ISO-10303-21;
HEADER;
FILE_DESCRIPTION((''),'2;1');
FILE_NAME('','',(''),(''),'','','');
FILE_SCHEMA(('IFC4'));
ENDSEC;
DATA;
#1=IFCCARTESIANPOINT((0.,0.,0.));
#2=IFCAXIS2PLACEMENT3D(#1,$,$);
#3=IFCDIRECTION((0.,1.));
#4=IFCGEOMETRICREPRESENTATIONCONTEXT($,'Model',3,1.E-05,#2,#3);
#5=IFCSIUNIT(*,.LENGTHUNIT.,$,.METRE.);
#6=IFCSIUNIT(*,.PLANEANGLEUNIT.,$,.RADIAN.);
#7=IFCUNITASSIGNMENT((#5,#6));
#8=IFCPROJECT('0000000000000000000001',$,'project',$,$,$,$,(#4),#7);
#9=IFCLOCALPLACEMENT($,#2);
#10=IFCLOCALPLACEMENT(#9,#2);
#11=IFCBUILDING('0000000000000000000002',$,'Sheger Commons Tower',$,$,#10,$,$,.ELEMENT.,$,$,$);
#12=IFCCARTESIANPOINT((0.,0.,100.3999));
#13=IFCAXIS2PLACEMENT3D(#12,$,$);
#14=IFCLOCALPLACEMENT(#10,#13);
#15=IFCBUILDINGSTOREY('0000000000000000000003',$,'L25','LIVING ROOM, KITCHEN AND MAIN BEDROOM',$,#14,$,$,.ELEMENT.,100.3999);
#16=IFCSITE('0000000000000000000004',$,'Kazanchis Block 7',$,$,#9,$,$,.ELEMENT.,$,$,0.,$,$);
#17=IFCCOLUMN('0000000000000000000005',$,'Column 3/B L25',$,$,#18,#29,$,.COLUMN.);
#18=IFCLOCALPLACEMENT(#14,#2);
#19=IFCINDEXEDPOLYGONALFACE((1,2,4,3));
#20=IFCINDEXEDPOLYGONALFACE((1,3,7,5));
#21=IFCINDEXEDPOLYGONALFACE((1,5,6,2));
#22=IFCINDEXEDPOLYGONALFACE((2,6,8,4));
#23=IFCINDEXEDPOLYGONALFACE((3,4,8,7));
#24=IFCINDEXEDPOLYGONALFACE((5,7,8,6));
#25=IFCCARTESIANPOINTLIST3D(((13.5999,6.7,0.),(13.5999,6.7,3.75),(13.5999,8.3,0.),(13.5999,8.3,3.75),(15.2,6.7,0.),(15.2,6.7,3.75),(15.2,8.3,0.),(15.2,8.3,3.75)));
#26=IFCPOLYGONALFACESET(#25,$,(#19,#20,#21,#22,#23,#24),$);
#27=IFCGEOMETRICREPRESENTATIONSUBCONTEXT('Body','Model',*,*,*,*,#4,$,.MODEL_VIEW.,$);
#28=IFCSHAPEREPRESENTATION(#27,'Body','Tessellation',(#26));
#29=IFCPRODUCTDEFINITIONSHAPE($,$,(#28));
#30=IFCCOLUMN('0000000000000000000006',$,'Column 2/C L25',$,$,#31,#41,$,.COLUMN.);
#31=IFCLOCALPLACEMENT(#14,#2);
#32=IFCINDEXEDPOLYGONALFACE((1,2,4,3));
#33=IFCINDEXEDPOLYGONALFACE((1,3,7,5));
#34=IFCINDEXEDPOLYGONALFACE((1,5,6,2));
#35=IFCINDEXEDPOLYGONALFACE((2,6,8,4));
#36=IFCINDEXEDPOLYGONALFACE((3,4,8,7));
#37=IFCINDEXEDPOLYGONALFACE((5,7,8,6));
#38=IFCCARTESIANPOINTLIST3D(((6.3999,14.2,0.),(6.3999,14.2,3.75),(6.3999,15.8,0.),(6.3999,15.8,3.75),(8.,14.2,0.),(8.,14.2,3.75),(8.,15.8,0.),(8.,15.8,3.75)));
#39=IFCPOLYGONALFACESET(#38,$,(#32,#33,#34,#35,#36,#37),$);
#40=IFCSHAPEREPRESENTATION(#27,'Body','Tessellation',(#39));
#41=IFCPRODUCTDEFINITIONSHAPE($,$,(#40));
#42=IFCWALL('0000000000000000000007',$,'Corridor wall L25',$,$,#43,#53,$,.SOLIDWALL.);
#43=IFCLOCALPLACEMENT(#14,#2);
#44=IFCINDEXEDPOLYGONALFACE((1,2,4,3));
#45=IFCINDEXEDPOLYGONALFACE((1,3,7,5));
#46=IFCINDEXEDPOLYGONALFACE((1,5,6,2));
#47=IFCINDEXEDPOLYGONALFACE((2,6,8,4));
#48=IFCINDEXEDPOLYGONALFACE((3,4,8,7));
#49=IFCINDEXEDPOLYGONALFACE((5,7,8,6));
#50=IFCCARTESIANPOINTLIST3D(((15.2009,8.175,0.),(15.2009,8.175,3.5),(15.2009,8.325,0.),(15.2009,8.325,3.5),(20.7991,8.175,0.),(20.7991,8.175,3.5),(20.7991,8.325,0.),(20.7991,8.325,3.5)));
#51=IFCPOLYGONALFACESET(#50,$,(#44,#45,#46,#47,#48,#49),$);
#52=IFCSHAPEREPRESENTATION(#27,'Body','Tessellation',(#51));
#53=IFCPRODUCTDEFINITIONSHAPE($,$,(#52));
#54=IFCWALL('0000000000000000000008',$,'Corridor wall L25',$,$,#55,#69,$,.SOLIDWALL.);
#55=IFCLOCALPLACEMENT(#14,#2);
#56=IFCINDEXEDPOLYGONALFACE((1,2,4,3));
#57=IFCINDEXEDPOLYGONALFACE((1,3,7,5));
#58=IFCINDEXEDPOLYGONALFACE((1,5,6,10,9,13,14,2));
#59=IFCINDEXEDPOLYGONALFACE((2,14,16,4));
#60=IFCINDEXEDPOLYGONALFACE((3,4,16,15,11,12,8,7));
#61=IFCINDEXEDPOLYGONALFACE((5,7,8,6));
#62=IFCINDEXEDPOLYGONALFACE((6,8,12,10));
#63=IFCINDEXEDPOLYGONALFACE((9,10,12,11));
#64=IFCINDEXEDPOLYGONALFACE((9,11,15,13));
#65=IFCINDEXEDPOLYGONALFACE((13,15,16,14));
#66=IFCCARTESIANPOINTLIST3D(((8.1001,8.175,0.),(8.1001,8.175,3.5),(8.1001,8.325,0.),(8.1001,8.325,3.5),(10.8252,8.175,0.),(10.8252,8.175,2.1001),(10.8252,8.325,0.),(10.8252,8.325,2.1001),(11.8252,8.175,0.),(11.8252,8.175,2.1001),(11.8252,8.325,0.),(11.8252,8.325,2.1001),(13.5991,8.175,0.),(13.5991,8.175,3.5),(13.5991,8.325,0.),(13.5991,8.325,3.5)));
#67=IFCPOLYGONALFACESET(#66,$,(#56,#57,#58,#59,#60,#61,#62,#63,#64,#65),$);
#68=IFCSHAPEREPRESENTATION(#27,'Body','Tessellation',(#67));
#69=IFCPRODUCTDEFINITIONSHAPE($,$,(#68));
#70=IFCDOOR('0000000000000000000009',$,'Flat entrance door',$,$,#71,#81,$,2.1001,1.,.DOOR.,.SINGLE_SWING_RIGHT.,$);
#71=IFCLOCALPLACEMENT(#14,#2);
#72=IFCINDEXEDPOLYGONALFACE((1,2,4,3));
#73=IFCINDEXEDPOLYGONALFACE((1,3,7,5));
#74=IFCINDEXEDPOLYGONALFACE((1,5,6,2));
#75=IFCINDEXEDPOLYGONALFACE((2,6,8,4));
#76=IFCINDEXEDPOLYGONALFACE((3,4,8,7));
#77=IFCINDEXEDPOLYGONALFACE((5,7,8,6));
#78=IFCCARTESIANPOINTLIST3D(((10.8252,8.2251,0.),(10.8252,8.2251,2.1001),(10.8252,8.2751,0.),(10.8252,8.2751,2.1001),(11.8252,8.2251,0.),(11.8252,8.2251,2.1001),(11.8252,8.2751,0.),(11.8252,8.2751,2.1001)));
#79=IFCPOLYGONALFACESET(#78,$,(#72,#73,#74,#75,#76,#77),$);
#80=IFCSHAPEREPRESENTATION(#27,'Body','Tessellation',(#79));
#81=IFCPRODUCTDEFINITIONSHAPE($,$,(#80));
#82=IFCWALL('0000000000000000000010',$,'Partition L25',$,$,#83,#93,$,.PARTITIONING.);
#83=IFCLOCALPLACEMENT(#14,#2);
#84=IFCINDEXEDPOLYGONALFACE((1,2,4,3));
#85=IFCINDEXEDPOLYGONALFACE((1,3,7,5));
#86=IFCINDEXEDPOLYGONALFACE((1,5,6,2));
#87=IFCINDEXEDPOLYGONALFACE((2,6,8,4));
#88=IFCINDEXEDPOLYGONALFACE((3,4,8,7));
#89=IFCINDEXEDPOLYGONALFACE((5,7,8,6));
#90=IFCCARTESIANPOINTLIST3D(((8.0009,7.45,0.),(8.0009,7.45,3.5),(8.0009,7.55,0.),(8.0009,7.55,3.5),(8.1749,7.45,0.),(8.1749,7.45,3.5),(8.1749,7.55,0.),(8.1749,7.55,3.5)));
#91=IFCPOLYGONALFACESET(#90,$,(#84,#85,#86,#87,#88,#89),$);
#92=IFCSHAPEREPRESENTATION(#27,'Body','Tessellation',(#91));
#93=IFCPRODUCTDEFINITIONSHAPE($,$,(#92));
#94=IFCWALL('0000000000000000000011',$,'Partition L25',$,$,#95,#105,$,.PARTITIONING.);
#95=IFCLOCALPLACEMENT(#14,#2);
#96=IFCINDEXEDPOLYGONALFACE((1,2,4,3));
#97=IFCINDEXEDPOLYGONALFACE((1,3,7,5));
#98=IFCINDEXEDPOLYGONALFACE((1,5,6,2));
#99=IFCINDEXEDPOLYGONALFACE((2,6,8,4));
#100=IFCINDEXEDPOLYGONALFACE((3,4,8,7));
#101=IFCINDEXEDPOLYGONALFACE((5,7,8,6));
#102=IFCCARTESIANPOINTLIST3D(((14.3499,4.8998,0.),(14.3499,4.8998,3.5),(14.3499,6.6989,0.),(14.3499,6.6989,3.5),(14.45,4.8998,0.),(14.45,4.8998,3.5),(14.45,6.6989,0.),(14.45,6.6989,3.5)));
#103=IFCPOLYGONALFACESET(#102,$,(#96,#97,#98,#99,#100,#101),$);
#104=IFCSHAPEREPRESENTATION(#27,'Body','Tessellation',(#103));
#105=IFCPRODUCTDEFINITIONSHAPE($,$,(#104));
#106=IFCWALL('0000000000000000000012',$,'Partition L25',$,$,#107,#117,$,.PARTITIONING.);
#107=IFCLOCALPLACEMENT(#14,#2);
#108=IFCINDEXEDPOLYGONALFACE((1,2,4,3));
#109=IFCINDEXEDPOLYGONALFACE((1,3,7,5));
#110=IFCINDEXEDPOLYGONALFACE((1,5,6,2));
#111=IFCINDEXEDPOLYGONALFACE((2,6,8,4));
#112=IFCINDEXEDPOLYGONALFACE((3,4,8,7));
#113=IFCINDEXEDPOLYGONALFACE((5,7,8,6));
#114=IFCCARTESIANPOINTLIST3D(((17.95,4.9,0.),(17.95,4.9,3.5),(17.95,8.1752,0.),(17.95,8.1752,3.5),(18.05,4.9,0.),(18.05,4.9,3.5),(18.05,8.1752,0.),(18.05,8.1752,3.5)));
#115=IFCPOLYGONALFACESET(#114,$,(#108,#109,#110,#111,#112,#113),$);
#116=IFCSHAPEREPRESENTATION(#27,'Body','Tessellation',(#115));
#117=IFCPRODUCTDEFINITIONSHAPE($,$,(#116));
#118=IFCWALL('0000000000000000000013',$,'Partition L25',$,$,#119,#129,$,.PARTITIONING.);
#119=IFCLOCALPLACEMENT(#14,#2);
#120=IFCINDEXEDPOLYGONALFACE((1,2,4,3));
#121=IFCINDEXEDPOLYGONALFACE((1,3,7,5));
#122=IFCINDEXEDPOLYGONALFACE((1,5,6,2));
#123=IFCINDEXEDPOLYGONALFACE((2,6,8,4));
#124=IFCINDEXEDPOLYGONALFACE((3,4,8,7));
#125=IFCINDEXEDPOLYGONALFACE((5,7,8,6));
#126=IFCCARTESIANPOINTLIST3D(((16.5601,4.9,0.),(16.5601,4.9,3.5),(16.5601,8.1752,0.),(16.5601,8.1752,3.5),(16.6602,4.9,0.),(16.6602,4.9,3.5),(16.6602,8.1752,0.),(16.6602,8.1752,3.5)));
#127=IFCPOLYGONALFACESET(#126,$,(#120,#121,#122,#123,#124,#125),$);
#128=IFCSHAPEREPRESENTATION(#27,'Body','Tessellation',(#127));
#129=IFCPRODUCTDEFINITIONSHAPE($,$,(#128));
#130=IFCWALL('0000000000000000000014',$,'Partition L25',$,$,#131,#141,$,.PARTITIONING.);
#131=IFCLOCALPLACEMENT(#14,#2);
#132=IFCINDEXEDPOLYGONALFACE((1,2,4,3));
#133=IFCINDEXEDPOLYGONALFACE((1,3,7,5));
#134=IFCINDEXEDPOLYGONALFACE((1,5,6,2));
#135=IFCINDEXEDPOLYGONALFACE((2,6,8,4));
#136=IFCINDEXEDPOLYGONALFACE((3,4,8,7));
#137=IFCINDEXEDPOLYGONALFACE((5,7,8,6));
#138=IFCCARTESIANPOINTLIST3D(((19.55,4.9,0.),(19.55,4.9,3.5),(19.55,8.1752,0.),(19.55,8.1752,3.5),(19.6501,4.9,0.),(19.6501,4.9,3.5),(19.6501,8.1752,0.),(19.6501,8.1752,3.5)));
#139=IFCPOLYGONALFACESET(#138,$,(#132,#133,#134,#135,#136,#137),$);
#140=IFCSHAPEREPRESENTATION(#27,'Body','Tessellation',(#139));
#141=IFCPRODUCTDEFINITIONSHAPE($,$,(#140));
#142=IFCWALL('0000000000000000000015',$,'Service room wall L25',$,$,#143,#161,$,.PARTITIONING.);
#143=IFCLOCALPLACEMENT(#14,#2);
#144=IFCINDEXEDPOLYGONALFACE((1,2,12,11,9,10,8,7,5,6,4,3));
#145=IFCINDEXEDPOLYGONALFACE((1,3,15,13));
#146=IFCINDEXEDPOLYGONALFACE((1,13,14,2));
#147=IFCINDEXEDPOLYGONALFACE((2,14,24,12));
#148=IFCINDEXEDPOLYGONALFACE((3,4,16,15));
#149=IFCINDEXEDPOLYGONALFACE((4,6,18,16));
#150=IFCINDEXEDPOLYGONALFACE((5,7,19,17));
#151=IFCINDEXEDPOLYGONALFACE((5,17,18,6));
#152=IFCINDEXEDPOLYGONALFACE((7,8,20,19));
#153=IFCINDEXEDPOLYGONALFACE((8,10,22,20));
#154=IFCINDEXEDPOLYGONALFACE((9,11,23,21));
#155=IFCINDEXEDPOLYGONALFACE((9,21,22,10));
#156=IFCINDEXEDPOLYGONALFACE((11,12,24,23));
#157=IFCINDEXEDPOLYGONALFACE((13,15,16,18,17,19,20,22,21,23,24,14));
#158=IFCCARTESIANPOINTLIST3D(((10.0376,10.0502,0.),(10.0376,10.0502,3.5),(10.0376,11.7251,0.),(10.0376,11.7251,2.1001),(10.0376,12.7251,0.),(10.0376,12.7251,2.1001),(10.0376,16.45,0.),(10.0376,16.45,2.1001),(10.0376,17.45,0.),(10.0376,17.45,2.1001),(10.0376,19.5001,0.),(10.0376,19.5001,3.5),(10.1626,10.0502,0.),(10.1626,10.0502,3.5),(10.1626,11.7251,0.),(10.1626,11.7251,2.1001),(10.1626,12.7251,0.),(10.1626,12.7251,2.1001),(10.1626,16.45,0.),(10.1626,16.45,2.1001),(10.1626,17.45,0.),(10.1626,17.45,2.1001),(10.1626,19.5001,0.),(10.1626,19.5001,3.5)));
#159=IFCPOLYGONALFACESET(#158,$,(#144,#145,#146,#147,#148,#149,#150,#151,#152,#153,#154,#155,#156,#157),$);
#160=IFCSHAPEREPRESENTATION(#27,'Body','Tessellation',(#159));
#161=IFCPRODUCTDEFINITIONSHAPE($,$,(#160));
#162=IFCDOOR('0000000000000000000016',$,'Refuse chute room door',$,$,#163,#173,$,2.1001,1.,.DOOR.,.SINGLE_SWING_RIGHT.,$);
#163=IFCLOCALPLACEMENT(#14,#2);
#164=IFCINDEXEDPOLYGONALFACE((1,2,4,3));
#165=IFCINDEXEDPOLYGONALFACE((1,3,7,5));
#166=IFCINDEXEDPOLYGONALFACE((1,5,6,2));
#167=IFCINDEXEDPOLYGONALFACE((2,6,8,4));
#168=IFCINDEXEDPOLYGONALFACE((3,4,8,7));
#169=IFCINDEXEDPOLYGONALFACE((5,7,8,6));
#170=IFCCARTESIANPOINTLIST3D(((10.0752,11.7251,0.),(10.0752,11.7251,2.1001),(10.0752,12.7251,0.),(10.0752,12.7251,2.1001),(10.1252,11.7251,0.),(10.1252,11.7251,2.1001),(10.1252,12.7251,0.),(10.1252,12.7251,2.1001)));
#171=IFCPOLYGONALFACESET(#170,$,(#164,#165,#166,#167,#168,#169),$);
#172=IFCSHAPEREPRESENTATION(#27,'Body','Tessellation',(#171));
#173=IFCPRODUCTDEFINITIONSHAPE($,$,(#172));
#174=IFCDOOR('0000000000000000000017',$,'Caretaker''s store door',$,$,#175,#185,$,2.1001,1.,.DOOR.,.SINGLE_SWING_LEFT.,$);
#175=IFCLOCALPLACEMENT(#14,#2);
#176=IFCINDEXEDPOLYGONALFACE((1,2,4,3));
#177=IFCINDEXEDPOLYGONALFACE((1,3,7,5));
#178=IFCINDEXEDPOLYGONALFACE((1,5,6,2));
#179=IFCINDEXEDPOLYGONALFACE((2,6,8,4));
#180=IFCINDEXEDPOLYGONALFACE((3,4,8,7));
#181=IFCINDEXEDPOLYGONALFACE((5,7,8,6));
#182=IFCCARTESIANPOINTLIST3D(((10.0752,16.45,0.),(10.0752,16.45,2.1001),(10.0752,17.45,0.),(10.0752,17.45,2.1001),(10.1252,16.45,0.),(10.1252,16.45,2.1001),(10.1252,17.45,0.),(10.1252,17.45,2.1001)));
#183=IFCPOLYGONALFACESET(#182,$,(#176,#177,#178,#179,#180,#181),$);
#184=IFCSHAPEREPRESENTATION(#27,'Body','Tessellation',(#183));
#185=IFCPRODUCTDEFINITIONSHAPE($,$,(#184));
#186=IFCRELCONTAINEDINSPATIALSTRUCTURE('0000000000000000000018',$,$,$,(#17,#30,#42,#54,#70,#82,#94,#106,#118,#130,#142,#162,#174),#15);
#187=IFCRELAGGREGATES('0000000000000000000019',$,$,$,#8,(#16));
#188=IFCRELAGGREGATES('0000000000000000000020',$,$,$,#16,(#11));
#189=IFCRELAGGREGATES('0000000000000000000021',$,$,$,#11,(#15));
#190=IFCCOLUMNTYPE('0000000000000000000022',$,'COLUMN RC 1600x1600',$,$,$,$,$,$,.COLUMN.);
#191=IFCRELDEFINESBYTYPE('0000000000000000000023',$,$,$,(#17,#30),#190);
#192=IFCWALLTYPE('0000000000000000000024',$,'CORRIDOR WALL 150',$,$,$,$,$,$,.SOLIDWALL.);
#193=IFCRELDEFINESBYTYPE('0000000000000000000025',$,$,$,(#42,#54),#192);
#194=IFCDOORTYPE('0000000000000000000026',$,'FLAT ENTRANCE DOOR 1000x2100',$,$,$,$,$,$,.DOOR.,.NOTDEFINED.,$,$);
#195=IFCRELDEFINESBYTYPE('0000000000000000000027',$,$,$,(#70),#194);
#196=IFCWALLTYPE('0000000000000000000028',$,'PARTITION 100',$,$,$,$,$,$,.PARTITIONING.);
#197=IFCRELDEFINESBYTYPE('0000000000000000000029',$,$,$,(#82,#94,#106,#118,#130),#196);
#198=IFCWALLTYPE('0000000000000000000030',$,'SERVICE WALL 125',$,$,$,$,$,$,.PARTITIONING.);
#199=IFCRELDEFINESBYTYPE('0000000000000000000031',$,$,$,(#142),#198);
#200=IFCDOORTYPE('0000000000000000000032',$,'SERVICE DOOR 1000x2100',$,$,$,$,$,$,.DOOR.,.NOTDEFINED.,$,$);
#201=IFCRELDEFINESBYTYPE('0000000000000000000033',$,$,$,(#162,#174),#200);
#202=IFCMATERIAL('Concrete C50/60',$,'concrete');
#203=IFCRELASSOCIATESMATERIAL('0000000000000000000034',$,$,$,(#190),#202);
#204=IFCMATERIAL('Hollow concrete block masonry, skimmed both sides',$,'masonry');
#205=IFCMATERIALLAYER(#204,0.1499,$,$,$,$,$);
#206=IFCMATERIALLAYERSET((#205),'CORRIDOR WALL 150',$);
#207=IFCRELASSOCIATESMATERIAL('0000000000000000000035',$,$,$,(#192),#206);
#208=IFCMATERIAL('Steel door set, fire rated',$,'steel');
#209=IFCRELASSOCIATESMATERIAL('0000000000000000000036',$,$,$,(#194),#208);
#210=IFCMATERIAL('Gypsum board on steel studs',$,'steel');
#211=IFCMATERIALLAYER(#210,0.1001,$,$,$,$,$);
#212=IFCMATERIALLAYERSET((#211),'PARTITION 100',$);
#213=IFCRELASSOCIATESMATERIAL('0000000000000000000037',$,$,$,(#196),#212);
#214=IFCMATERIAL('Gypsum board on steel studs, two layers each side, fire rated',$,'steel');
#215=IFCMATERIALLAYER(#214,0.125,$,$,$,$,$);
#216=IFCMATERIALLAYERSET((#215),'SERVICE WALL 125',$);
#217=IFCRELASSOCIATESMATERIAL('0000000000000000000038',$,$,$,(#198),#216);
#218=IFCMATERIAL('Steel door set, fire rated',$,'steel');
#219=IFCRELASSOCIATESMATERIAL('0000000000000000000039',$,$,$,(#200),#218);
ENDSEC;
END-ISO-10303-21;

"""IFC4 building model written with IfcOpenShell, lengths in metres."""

from ifc_helpers import new_model, si_unit, direction, frame, frame_2d, origin, origin_2d, place, context, subcontext, project, spatial, rectangle, extrude, material, layer, layer_set, material_profile, profile_set, type_object, element, fill, save


model = new_model("IFC4")

# Units and contexts
model_context = context("Model", 3, precision=1e-05, world=origin(), true_north=direction((0.0, 1.0)))
body_context = subcontext(model_context, "Body", "Model", "MODEL_VIEW")
ifc_project = project(units=[si_unit("LENGTHUNIT", "METRE"), si_unit("PLANEANGLEUNIT", "RADIAN")], contexts=[model_context])

# Site, building, storey
site_placement = place(None, origin())
site = spatial("IfcSite", under=ifc_project, at=site_placement, Name="Kazanchis Block 7", CompositionType="ELEMENT", RefElevation=0.0)
building_placement = place(site_placement, origin())
building = spatial("IfcBuilding", under=site, at=building_placement, Name="Sheger Commons Tower", CompositionType="ELEMENT")
storey_placement = place(building_placement, frame((0.0, 0.0, 100.3999)))
storey = spatial("IfcBuildingStorey", under=building, at=storey_placement, Name="L25", Description="LIVING ROOM, KITCHEN AND MAIN BEDROOM", CompositionType="ELEMENT", Elevation=100.3999)

# Columns
ifc_material_1 = material(Name="Concrete C50/60", Category="concrete")
ifc_material_profile = material_profile(ifc_material_1, rectangle(XDim=1.6001, YDim=1.6001, at=origin_2d()), Name="RC 1600x1600")
ifc_profile_set = profile_set([ifc_material_profile], Name="Concrete C50/60")
column_type = type_object("IfcColumnType", Name="COLUMN RC 1600x1600", PredefinedType="COLUMN", material=ifc_profile_set)
for number, where, z_axis, x_axis, name in (
    (1, (14.3999, 7.5, 0.0), (0.0, 0.0, 1.0), (1.0, 0.0, 0.0), "Column 3/B L25"),
    (2, (7.2, 15.0, 0.0), (0.0, 0.0, 1.0), (1.0, 0.0, 0.0), "Column 2/C L25"),
):
    element("IfcColumn", number, at=place(storey_placement, frame(where, z_axis=z_axis, x_axis=x_axis)), inside=storey, type_object=column_type, Name=name, PredefinedType="COLUMN", context=body_context, shape_type="SweptSolid", body=[
        extrude(rectangle(XDim=1.6001, YDim=1.6001, at=origin_2d()), origin(), (0.0, 0.0, 1.0), 3.75),
    ])

# Wall
ifc_material_2 = material(Name="Hollow concrete block masonry, skimmed both sides", Category="masonry")
ifc_layer_1 = layer(ifc_material_2, 0.1499)
ifc_layer_set_1 = layer_set([ifc_layer_1], Name="CORRIDOR WALL 150")
wall_type_1 = type_object("IfcWallType", Name="CORRIDOR WALL 150", PredefinedType="SOLIDWALL", material=ifc_layer_set_1)
wall_1_placement = place(storey_placement, frame((20.7991, 8.25, 0.0), z_axis=(0.0, 0.0, 1.0), x_axis=(-1.0, 0.0, 0.0)))
element("IfcWall", 3, at=wall_1_placement, inside=storey, type_object=wall_type_1, Name="Corridor wall L25", PredefinedType="SOLIDWALL", context=body_context, shape_type="SweptSolid", body=[
    extrude(rectangle(XDim=5.5981, YDim=0.1499, at=frame_2d((2.7991, 0.0))), origin(), (0.0, 0.0, 1.0), 3.5),
])

# Wall, opening, door
wall_2_placement = place(storey_placement, frame((13.5991, 8.25, 0.0), z_axis=(0.0, 0.0, 1.0), x_axis=(-1.0, 0.0, 0.0)))
wall_2 = element("IfcWall", 4, at=wall_2_placement, inside=storey, type_object=wall_type_1, Name="Corridor wall L25", PredefinedType="SOLIDWALL", context=body_context, shape_type="SweptSolid", body=[
    extrude(rectangle(XDim=5.499, YDim=0.1499, at=frame_2d((2.7495, 0.0))), origin(), (0.0, 0.0, 1.0), 3.5),
])
opening_1_placement = place(wall_2_placement, frame((1.7739, 0.0, 0.0)))
opening_1 = element("IfcOpeningElement", 5, at=opening_1_placement, cuts=wall_2, PredefinedType="OPENING", context=body_context, shape_type="SweptSolid", body=[
    extrude(rectangle(XDim=1.0, YDim=2.1001, at=frame_2d((0.5, 1.05))), frame((0.0, 0.085, 0.0), z_axis=(0.0, -1.0, 0.0), x_axis=(1.0, 0.0, 0.0)), (0.0, 0.0, 1.0), 0.1699),
])
ifc_material_3 = material(Name="Steel door set, fire rated", Category="steel")
door_type_1 = type_object("IfcDoorType", Name="FLAT ENTRANCE DOOR 1000x2100", OperationType="NOTDEFINED", PredefinedType="DOOR", material=ifc_material_3)
door_1_placement = place(opening_1_placement, origin())
door_1 = element("IfcDoor", 6, at=door_1_placement, inside=storey, type_object=door_type_1, Name="Flat entrance door", OperationType="SINGLE_SWING_RIGHT", OverallHeight=2.1001, OverallWidth=1.0, PredefinedType="DOOR", context=body_context, shape_type="SweptSolid", body=[
    extrude(rectangle(XDim=1.0, YDim=2.1001, at=frame_2d((0.5, 1.05))), frame((0.0, 0.0249, 0.0), z_axis=(0.0, -1.0, 0.0), x_axis=(1.0, 0.0, 0.0)), (0.0, 0.0, 1.0), 0.05),
])
fill(opening_1, door_1)

# Walls
ifc_material_4 = material(Name="Gypsum board on steel studs", Category="steel")
ifc_layer_2 = layer(ifc_material_4, 0.1001)
ifc_layer_set_2 = layer_set([ifc_layer_2], Name="PARTITION 100")
wall_type_2 = type_object("IfcWallType", Name="PARTITION 100", PredefinedType="PARTITIONING", material=ifc_layer_set_2)
wall_3_placement = place(storey_placement, frame((8.001, 7.5, 0.0), z_axis=(0.0, 0.0, 1.0), x_axis=(1.0, 0.0, 0.0)))
element("IfcWall", 7, at=wall_3_placement, inside=storey, type_object=wall_type_2, Name="Partition L25", PredefinedType="PARTITIONING", context=body_context, shape_type="SweptSolid", body=[
    extrude(rectangle(XDim=0.1741, YDim=0.1001, at=frame_2d((0.0869, 0.0))), origin(), (0.0, 0.0, 1.0), 3.5),
])
wall_4_placement = place(storey_placement, frame((14.3999, 4.8999, 0.0), z_axis=(0.0, 0.0, 1.0), x_axis=(0.0, 1.0, 0.0)))
element("IfcWall", 8, at=wall_4_placement, inside=storey, type_object=wall_type_2, Name="Partition L25", PredefinedType="PARTITIONING", context=body_context, shape_type="SweptSolid", body=[
    extrude(rectangle(XDim=1.7991, YDim=0.1001, at=frame_2d((0.8994, 0.0))), origin(), (0.0, 0.0, 1.0), 3.5),
])
for number, where, z_axis, x_axis, name in (
    (9, (18.0, 4.8999, 0.0), (0.0, 0.0, 1.0), (0.0, 1.0, 0.0), "Partition L25"),
    (10, (16.6101, 4.8999, 0.0), (0.0, 0.0, 1.0), (0.0, 1.0, 0.0), "Partition L25"),
    (11, (19.6001, 4.8999, 0.0), (0.0, 0.0, 1.0), (0.0, 1.0, 0.0), "Partition L25"),
):
    element("IfcWall", number, at=place(storey_placement, frame(where, z_axis=z_axis, x_axis=x_axis)), inside=storey, type_object=wall_type_2, Name=name, PredefinedType="PARTITIONING", context=body_context, shape_type="SweptSolid", body=[
        extrude(rectangle(XDim=3.2751, YDim=0.1001, at=frame_2d((1.6377, 0.0))), origin(), (0.0, 0.0, 1.0), 3.5),
    ])

# Wall, openings, doors
ifc_material_5 = material(Name="Gypsum board on steel studs, two layers each side, fire rated", Category="steel")
ifc_layer_3 = layer(ifc_material_5, 0.125)
ifc_layer_set_3 = layer_set([ifc_layer_3], Name="SERVICE WALL 125")
wall_type_3 = type_object("IfcWallType", Name="SERVICE WALL 125", PredefinedType="PARTITIONING", material=ifc_layer_set_3)
wall_5_placement = place(storey_placement, frame((10.1001, 10.05, 0.0), z_axis=(0.0, 0.0, 1.0), x_axis=(0.0, 1.0, 0.0)))
wall_5 = element("IfcWall", 12, at=wall_5_placement, inside=storey, type_object=wall_type_3, Name="Service room wall L25", PredefinedType="PARTITIONING", context=body_context, shape_type="SweptSolid", body=[
    extrude(rectangle(XDim=9.45, YDim=0.125, at=frame_2d((4.7251, 0.0))), origin(), (0.0, 0.0, 1.0), 3.5),
])
opening_2_placement = place(wall_5_placement, frame((1.675, 0.0, 0.0)))
opening_2 = element("IfcOpeningElement", 13, at=opening_2_placement, cuts=wall_5, PredefinedType="OPENING", context=body_context, shape_type="SweptSolid", body=[
    extrude(rectangle(XDim=1.0, YDim=2.1001, at=frame_2d((0.5, 1.05))), frame((0.0, 0.0725, 0.0), z_axis=(0.0, -1.0, 0.0), x_axis=(1.0, 0.0, 0.0)), (0.0, 0.0, 1.0), 0.145),
])
opening_3_placement = place(wall_5_placement, frame((6.3999, 0.0, 0.0)))
opening_3 = element("IfcOpeningElement", 14, at=opening_3_placement, cuts=wall_5, PredefinedType="OPENING", context=body_context, shape_type="SweptSolid", body=[
    extrude(rectangle(XDim=1.0, YDim=2.1001, at=frame_2d((0.5, 1.05))), frame((0.0, 0.0725, 0.0), z_axis=(0.0, -1.0, 0.0), x_axis=(1.0, 0.0, 0.0)), (0.0, 0.0, 1.0), 0.145),
])
ifc_material_6 = material(Name="Steel door set, fire rated", Category="steel")
door_type_2 = type_object("IfcDoorType", Name="SERVICE DOOR 1000x2100", OperationType="NOTDEFINED", PredefinedType="DOOR", material=ifc_material_6)
door_2_placement = place(opening_2_placement, origin())
door_2 = element("IfcDoor", 15, at=door_2_placement, inside=storey, type_object=door_type_2, Name="Refuse chute room door", OperationType="SINGLE_SWING_RIGHT", OverallHeight=2.1001, OverallWidth=1.0, PredefinedType="DOOR", context=body_context, shape_type="SweptSolid", body=[
    extrude(rectangle(XDim=1.0, YDim=2.1001, at=frame_2d((0.5, 1.05))), frame((0.0, 0.0249, 0.0), z_axis=(0.0, -1.0, 0.0), x_axis=(1.0, 0.0, 0.0)), (0.0, 0.0, 1.0), 0.05),
])
fill(opening_2, door_2)
door_3_placement = place(opening_3_placement, origin())
door_3 = element("IfcDoor", 16, at=door_3_placement, inside=storey, type_object=door_type_2, Name="Caretaker's store door", OperationType="SINGLE_SWING_LEFT", OverallHeight=2.1001, OverallWidth=1.0, PredefinedType="DOOR", context=body_context, shape_type="SweptSolid", body=[
    extrude(rectangle(XDim=1.0, YDim=2.1001, at=frame_2d((0.5, 1.05))), frame((0.0, 0.0249, 0.0), z_axis=(0.0, -1.0, 0.0), x_axis=(1.0, 0.0, 0.0)), (0.0, 0.0, 1.0), 0.05),
])
fill(opening_3, door_3)

save(model, "model.ifc")
